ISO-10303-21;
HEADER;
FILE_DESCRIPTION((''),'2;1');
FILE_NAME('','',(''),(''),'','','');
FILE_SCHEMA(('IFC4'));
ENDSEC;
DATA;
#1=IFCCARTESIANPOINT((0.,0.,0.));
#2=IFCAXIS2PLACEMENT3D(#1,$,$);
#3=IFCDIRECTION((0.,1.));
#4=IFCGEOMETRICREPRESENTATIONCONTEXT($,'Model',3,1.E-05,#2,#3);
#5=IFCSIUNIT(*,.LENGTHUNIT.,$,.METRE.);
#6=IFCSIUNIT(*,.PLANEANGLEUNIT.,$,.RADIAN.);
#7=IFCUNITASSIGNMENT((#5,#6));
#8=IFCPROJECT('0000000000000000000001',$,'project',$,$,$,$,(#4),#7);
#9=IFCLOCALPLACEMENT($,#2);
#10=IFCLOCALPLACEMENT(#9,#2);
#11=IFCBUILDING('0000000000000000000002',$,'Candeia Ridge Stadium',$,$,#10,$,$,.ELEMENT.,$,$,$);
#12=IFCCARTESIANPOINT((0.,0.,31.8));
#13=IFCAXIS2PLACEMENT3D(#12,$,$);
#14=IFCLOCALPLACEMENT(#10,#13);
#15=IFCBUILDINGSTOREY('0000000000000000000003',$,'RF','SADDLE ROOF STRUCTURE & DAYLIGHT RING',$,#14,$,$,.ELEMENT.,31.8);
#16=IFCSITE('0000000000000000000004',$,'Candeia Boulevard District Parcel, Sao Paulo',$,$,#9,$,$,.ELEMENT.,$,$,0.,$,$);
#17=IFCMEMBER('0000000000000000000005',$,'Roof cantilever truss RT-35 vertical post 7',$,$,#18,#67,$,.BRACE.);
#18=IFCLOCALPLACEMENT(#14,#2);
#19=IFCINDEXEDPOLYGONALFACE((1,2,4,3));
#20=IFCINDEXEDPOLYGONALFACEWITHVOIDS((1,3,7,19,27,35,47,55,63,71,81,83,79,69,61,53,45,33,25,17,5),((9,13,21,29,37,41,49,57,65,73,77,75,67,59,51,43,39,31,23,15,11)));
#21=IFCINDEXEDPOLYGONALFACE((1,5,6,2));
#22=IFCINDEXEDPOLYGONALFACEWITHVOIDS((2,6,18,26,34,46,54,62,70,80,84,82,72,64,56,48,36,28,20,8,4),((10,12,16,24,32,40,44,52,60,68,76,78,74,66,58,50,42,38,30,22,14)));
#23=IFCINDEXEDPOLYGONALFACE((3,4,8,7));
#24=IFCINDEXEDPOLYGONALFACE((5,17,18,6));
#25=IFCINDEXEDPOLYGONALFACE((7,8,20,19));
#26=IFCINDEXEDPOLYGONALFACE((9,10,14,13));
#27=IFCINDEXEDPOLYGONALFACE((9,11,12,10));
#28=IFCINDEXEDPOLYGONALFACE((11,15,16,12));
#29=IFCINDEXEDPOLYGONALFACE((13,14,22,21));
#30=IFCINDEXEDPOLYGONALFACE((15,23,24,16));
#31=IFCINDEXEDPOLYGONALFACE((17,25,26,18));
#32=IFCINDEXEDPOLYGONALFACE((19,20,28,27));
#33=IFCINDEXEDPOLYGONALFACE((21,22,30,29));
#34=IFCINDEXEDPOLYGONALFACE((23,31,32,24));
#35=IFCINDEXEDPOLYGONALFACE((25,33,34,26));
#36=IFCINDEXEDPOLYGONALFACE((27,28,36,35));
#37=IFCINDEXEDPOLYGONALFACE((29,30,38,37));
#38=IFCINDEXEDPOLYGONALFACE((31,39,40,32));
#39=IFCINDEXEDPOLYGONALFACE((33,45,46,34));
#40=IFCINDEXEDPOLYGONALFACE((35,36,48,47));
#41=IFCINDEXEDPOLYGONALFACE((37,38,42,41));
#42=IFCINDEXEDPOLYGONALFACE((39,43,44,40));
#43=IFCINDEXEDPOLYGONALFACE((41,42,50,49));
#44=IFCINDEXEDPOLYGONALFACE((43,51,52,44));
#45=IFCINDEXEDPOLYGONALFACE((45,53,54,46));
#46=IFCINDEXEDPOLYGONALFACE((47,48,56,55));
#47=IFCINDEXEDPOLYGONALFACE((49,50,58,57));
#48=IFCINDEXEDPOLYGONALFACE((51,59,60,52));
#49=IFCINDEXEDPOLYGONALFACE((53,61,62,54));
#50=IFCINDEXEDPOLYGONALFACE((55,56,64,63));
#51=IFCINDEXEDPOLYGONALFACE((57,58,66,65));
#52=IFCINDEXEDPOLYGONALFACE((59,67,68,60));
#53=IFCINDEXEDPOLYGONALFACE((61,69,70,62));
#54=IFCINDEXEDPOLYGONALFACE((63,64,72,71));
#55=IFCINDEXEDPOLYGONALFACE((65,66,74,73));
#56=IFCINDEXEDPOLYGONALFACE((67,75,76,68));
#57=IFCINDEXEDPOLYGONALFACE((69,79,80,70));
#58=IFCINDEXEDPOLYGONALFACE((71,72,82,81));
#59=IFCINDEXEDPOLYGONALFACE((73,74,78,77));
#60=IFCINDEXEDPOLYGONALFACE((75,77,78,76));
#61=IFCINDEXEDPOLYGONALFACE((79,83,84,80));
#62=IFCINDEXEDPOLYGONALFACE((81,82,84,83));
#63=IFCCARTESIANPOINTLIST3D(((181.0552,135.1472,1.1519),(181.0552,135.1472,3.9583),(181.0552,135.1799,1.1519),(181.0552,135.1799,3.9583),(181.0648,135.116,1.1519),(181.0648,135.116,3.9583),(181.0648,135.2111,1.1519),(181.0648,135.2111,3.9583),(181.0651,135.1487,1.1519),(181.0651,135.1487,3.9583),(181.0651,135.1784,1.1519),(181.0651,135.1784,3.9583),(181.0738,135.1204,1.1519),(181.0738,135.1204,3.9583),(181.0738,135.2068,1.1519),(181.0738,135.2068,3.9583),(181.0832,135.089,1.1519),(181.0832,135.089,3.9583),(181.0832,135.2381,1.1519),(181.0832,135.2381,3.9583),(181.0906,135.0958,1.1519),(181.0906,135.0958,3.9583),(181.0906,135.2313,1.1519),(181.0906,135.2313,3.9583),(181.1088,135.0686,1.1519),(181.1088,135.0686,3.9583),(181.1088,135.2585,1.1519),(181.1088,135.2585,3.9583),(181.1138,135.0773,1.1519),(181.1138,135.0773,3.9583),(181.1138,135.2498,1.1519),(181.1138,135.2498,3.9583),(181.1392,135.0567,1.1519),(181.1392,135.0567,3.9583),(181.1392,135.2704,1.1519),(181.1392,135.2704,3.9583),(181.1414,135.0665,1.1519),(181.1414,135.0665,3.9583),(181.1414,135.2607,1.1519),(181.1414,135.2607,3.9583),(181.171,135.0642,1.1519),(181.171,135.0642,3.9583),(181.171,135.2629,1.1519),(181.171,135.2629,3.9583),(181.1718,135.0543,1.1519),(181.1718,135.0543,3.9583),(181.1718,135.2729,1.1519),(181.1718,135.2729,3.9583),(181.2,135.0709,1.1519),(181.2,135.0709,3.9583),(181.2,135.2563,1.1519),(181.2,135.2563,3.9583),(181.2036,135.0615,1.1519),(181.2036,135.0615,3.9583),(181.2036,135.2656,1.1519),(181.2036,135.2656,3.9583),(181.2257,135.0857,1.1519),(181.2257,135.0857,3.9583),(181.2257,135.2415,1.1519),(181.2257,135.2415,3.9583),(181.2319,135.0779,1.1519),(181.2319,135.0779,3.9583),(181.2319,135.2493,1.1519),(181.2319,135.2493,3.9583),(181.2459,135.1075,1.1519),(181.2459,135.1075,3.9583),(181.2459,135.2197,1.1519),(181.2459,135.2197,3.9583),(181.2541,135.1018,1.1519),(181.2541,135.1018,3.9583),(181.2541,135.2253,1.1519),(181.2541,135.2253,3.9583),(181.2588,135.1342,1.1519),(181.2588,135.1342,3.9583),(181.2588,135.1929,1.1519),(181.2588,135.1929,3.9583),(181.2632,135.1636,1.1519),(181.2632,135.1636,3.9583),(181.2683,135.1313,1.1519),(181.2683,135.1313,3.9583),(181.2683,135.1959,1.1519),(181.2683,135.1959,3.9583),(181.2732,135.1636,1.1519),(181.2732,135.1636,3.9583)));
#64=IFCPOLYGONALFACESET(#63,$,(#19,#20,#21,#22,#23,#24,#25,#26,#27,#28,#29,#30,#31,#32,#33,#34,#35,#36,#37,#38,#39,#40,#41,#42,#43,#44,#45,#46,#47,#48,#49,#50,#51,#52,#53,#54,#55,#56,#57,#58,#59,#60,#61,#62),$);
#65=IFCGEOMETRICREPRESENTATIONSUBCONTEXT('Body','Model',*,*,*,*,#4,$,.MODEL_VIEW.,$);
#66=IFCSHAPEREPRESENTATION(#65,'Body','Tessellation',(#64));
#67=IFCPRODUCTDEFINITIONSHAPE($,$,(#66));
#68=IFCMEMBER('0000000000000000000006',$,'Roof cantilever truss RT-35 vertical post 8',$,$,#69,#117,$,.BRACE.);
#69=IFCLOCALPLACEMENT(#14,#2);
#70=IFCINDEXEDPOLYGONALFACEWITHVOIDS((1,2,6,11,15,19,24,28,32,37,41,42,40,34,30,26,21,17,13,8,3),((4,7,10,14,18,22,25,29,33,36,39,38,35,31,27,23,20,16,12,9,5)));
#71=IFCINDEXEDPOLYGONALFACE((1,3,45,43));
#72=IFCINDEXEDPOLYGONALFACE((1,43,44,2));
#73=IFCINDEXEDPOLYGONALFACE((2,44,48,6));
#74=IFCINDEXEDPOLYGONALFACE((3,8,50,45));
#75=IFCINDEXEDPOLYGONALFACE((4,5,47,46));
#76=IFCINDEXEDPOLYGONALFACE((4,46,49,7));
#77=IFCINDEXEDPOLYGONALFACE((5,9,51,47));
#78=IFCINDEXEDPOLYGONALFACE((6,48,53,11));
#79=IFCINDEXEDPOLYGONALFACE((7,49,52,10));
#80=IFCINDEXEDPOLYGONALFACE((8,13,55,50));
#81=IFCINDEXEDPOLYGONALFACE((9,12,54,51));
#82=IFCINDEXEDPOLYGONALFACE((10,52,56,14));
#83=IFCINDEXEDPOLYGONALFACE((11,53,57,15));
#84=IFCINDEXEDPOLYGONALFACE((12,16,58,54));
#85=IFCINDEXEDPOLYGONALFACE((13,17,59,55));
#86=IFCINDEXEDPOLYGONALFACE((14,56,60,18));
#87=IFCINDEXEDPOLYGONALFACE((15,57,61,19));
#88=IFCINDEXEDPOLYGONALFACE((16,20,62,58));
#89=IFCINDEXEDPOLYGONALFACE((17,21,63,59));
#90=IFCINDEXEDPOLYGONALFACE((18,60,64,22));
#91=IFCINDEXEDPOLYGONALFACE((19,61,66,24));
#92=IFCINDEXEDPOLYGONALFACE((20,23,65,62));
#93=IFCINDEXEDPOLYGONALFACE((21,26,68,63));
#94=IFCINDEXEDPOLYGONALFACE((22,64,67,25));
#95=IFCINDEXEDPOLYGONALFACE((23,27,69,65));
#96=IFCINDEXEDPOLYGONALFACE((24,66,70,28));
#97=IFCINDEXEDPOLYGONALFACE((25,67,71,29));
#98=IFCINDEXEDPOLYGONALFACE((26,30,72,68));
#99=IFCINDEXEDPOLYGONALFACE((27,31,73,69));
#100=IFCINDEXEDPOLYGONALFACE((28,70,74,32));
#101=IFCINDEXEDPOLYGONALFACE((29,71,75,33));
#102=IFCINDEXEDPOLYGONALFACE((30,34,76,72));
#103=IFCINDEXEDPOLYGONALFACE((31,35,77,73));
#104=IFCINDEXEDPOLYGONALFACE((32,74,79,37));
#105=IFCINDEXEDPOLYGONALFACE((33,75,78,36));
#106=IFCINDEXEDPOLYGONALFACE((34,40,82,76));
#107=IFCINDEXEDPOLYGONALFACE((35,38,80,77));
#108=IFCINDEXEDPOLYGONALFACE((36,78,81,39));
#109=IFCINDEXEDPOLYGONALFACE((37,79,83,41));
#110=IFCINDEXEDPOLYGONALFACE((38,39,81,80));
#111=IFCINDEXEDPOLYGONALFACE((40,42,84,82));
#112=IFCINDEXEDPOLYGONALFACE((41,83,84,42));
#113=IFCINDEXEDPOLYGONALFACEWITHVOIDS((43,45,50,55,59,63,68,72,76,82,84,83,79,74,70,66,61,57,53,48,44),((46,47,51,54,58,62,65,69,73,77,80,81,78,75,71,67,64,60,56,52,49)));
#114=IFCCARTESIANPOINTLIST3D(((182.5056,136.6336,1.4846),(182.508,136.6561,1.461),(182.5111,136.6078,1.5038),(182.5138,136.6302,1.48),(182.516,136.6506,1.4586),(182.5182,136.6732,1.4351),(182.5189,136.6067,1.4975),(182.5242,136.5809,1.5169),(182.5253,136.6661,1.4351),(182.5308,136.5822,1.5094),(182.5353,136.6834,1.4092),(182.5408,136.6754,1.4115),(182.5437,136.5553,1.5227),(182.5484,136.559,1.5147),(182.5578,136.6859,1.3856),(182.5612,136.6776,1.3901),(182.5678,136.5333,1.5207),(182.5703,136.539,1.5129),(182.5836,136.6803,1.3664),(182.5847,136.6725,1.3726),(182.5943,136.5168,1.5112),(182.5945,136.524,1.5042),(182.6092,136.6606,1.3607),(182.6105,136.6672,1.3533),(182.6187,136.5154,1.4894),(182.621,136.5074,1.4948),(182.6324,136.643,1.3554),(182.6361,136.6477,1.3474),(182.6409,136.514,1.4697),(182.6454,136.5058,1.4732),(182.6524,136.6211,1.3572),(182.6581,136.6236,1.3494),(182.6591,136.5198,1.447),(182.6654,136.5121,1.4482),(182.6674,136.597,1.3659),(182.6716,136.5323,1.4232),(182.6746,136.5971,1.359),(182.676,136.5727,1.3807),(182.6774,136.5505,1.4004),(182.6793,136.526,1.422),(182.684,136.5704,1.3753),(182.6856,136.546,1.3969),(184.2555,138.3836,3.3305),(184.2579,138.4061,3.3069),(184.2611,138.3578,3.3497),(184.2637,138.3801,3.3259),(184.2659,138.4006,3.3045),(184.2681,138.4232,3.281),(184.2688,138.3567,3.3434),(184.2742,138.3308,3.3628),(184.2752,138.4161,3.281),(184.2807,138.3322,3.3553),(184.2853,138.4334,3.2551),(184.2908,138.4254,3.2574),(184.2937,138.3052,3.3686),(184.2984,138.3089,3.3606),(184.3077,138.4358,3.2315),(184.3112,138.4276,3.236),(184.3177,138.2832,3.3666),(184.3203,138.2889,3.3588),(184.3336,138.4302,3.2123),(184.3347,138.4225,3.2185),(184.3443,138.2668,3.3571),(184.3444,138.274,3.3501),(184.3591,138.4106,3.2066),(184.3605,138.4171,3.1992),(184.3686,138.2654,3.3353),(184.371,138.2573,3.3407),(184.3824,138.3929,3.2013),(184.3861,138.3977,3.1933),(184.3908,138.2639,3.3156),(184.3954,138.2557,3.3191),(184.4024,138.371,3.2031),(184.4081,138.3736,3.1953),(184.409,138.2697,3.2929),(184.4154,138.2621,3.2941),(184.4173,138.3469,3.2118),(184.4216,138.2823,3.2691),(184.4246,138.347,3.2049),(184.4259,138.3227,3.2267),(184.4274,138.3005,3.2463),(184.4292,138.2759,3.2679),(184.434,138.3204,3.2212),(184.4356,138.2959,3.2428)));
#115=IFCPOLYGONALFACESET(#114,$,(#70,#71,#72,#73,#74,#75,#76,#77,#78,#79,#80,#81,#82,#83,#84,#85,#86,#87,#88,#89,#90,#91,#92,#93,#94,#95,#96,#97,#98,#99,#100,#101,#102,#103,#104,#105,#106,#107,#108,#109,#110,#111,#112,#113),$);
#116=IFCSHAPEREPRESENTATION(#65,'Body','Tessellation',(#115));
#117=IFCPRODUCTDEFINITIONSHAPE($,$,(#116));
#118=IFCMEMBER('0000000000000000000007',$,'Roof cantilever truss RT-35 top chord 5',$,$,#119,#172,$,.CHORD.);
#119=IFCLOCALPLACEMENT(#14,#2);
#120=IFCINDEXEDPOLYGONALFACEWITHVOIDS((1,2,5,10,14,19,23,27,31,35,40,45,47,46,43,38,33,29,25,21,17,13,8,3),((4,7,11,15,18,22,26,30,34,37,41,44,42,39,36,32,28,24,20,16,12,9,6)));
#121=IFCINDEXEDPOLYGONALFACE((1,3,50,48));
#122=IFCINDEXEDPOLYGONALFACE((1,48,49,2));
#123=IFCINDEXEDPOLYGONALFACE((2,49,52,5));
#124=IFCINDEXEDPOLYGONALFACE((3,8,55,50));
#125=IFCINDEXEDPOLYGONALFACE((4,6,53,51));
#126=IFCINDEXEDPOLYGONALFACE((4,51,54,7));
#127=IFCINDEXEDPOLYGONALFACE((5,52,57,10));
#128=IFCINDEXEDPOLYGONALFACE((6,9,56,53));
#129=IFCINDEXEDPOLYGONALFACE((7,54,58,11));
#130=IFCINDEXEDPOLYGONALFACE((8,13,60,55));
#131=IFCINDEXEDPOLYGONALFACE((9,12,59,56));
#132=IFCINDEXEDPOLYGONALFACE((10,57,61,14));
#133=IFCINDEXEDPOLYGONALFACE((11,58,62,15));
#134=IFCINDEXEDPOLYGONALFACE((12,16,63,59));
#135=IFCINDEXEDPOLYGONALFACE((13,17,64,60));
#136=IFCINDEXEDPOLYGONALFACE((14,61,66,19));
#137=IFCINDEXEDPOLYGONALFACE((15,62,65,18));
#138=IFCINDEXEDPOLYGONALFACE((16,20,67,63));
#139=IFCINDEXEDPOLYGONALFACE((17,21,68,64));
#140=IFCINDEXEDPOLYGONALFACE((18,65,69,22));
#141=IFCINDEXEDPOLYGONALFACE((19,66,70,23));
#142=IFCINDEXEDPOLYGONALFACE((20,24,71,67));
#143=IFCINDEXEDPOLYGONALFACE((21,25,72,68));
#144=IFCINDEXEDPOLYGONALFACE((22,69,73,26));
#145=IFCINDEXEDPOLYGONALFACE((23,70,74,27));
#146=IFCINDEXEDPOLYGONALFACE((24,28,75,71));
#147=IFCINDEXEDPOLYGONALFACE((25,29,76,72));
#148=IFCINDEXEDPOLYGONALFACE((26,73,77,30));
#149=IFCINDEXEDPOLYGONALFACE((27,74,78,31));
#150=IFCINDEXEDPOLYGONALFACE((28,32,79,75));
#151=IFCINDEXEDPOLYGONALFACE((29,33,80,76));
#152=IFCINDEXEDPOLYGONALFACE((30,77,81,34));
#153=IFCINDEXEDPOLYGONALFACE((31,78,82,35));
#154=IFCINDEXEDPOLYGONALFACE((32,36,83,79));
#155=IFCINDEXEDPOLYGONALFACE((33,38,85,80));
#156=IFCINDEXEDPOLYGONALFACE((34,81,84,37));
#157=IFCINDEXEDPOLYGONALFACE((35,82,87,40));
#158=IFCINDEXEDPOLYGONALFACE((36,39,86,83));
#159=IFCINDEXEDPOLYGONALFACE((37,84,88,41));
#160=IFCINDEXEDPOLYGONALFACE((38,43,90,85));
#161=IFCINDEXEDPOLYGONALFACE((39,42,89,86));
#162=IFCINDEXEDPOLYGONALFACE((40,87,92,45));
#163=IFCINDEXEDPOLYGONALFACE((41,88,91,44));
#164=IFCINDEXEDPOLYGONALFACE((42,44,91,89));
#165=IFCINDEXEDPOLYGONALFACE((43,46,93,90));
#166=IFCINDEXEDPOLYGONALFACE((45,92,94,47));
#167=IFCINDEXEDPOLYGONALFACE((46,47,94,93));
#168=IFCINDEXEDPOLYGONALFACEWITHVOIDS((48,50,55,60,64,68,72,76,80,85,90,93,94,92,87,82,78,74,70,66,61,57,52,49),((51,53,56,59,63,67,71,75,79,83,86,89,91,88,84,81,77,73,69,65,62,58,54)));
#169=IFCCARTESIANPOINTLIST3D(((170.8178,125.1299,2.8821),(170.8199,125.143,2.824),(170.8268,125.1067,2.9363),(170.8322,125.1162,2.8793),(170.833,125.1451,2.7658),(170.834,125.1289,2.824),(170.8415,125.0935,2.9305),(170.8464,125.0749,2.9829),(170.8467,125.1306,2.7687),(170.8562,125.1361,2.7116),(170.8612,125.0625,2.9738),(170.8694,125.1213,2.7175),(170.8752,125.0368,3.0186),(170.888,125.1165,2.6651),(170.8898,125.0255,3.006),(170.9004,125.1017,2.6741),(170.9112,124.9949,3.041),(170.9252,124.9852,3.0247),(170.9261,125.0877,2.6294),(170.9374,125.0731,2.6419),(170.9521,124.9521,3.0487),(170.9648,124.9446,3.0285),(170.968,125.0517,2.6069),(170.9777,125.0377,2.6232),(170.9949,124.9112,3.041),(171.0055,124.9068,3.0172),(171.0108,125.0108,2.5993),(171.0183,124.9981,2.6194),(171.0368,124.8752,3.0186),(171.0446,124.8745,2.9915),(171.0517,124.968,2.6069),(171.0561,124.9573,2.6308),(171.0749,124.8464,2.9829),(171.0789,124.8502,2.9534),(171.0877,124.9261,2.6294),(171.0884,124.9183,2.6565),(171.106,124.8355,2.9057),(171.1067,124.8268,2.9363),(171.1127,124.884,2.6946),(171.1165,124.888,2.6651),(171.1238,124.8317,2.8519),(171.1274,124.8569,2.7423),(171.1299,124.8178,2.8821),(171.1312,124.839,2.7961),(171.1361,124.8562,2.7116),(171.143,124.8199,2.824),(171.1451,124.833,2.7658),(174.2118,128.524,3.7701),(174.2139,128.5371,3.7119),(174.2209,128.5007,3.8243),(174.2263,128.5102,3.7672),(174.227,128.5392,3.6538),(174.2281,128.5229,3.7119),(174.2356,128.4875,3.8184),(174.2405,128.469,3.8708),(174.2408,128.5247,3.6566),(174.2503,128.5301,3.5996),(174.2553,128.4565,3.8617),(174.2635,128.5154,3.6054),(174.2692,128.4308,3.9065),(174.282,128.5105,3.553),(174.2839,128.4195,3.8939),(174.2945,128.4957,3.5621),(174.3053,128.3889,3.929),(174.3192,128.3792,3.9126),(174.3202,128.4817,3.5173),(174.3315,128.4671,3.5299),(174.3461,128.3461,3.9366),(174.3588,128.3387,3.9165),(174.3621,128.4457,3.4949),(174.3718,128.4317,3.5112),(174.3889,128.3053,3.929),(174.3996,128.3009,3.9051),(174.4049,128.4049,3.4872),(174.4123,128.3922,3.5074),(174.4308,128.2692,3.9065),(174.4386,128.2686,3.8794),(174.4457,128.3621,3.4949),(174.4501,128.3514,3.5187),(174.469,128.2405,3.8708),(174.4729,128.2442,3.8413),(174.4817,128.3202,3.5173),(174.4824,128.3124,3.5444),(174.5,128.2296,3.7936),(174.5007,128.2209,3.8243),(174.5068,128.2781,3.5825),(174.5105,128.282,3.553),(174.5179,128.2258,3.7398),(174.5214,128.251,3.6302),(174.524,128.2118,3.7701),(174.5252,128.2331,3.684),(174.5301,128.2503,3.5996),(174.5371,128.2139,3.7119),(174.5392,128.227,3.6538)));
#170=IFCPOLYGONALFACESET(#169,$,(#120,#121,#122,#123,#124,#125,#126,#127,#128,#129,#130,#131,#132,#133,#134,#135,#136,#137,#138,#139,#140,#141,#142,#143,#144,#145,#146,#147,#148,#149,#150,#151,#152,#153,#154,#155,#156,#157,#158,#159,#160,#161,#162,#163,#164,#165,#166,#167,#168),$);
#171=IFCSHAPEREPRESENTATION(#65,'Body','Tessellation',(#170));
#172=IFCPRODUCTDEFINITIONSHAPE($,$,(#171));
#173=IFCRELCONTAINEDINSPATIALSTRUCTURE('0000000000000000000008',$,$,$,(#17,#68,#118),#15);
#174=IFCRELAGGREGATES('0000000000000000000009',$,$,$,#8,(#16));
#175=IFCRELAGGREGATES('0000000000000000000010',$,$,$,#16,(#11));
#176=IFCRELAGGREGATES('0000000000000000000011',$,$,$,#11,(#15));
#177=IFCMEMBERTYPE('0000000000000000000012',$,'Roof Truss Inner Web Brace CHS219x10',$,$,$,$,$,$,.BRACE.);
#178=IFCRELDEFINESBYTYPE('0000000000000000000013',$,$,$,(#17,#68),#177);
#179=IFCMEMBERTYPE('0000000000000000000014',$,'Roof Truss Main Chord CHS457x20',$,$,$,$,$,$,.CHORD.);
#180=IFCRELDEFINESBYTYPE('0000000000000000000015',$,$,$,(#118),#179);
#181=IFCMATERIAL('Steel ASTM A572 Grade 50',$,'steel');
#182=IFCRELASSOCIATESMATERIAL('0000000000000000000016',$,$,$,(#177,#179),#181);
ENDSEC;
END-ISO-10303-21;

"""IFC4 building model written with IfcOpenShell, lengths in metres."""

from ifc_helpers import new_model, si_unit, direction, frame, origin, origin_2d, place, context, subcontext, project, spatial, hollow_circle, extrude, material, material_profile, profile_set, type_object, element, save


model = new_model("IFC4")

# Units and contexts
model_context = context("Model", 3, precision=1e-05, world=origin(), true_north=direction((0.0, 1.0)))
body_context = subcontext(model_context, "Body", "Model", "MODEL_VIEW")
ifc_project = project(units=[si_unit("LENGTHUNIT", "METRE"), si_unit("PLANEANGLEUNIT", "RADIAN")], contexts=[model_context])

# Site, building, storey
site_placement = place(None, origin())
site = spatial("IfcSite", under=ifc_project, at=site_placement, Name="Candeia Boulevard District Parcel, Sao Paulo", CompositionType="ELEMENT", RefElevation=0.0)
building_placement = place(site_placement, origin())
building = spatial("IfcBuilding", under=site, at=building_placement, Name="Candeia Ridge Stadium", CompositionType="ELEMENT")
storey_placement = place(building_placement, frame((0.0, 0.0, 31.8)))
storey = spatial("IfcBuildingStorey", under=building, at=storey_placement, Name="RF", Description="SADDLE ROOF STRUCTURE & DAYLIGHT RING", CompositionType="ELEMENT", Elevation=31.8)

# Shared definitions
ifc_material_1 = material(Name="Steel ASTM A572 Grade 50", Category="steel")

# Members
ifc_material_profile_1 = material_profile(ifc_material_1, hollow_circle(Radius=0.1096, WallThickness=0.01, at=origin_2d()), Name="CHS219x10", Category="steel")
ifc_profile_set_1 = profile_set([ifc_material_profile_1], Name="Steel ASTM A572 Grade 50")
member_type_1 = type_object("IfcMemberType", Name="Roof Truss Inner Web Brace CHS219x10", PredefinedType="BRACE", material=ifc_profile_set_1)
member_1_placement = place(storey_placement, frame((181.1636, 135.1636, 1.1519), z_axis=(0.0, 0.0, 1.0), x_axis=(1.0, 0.0, 0.0)))
element("IfcMember", 1, at=member_1_placement, inside=storey, type_object=member_type_1, Name="Roof cantilever truss RT-35 vertical post 7", PredefinedType="BRACE", context=body_context, shape_type="SweptSolid", body=[
    extrude(hollow_circle(Radius=0.1096, WallThickness=0.01, at=origin_2d()), origin(), (0.0, 0.0, 1.0), 2.8064),
])
member_2_placement = place(storey_placement, frame((182.5957, 136.5957, 1.4351), z_axis=(0.566806, 0.566806, 0.597882), x_axis=(-0.707107, 0.707107, 0.0)))
element("IfcMember", 2, at=member_2_placement, inside=storey, type_object=member_type_1, Name="Roof cantilever truss RT-35 vertical post 8", PredefinedType="BRACE", context=body_context, shape_type="SweptSolid", body=[
    extrude(hollow_circle(Radius=0.1096, WallThickness=0.01, at=origin_2d()), origin(), (0.0, 0.0, 1.0), 3.0874),
])
ifc_material_profile_2 = material_profile(ifc_material_1, hollow_circle(Radius=0.2285, WallThickness=0.02, at=origin_2d()), Name="CHS457x20", Category="steel")
ifc_profile_set_2 = profile_set([ifc_material_profile_2], Name="Steel ASTM A572 Grade 50")
member_type_2 = type_object("IfcMemberType", Name="Roof Truss Main Chord CHS457x20", PredefinedType="CHORD", material=ifc_profile_set_2)
for number, where, z_axis, x_axis, name in (
    (3, (170.9814, 124.9814, 2.824), (0.69531, 0.69531, 0.181905), (-0.707107, 0.707107, 0.0), "Roof cantilever truss RT-35 top chord 5"),
):
    element("IfcMember", number, at=place(storey_placement, frame(where, z_axis=z_axis, x_axis=x_axis)), inside=storey, type_object=member_type_2, Name=name, PredefinedType="CHORD", context=body_context, shape_type="SweptSolid", body=[
        extrude(hollow_circle(Radius=0.2285, WallThickness=0.02, at=origin_2d()), origin(), (0.0, 0.0, 1.0), 4.8813),
    ])

save(model, "model.ifc")
